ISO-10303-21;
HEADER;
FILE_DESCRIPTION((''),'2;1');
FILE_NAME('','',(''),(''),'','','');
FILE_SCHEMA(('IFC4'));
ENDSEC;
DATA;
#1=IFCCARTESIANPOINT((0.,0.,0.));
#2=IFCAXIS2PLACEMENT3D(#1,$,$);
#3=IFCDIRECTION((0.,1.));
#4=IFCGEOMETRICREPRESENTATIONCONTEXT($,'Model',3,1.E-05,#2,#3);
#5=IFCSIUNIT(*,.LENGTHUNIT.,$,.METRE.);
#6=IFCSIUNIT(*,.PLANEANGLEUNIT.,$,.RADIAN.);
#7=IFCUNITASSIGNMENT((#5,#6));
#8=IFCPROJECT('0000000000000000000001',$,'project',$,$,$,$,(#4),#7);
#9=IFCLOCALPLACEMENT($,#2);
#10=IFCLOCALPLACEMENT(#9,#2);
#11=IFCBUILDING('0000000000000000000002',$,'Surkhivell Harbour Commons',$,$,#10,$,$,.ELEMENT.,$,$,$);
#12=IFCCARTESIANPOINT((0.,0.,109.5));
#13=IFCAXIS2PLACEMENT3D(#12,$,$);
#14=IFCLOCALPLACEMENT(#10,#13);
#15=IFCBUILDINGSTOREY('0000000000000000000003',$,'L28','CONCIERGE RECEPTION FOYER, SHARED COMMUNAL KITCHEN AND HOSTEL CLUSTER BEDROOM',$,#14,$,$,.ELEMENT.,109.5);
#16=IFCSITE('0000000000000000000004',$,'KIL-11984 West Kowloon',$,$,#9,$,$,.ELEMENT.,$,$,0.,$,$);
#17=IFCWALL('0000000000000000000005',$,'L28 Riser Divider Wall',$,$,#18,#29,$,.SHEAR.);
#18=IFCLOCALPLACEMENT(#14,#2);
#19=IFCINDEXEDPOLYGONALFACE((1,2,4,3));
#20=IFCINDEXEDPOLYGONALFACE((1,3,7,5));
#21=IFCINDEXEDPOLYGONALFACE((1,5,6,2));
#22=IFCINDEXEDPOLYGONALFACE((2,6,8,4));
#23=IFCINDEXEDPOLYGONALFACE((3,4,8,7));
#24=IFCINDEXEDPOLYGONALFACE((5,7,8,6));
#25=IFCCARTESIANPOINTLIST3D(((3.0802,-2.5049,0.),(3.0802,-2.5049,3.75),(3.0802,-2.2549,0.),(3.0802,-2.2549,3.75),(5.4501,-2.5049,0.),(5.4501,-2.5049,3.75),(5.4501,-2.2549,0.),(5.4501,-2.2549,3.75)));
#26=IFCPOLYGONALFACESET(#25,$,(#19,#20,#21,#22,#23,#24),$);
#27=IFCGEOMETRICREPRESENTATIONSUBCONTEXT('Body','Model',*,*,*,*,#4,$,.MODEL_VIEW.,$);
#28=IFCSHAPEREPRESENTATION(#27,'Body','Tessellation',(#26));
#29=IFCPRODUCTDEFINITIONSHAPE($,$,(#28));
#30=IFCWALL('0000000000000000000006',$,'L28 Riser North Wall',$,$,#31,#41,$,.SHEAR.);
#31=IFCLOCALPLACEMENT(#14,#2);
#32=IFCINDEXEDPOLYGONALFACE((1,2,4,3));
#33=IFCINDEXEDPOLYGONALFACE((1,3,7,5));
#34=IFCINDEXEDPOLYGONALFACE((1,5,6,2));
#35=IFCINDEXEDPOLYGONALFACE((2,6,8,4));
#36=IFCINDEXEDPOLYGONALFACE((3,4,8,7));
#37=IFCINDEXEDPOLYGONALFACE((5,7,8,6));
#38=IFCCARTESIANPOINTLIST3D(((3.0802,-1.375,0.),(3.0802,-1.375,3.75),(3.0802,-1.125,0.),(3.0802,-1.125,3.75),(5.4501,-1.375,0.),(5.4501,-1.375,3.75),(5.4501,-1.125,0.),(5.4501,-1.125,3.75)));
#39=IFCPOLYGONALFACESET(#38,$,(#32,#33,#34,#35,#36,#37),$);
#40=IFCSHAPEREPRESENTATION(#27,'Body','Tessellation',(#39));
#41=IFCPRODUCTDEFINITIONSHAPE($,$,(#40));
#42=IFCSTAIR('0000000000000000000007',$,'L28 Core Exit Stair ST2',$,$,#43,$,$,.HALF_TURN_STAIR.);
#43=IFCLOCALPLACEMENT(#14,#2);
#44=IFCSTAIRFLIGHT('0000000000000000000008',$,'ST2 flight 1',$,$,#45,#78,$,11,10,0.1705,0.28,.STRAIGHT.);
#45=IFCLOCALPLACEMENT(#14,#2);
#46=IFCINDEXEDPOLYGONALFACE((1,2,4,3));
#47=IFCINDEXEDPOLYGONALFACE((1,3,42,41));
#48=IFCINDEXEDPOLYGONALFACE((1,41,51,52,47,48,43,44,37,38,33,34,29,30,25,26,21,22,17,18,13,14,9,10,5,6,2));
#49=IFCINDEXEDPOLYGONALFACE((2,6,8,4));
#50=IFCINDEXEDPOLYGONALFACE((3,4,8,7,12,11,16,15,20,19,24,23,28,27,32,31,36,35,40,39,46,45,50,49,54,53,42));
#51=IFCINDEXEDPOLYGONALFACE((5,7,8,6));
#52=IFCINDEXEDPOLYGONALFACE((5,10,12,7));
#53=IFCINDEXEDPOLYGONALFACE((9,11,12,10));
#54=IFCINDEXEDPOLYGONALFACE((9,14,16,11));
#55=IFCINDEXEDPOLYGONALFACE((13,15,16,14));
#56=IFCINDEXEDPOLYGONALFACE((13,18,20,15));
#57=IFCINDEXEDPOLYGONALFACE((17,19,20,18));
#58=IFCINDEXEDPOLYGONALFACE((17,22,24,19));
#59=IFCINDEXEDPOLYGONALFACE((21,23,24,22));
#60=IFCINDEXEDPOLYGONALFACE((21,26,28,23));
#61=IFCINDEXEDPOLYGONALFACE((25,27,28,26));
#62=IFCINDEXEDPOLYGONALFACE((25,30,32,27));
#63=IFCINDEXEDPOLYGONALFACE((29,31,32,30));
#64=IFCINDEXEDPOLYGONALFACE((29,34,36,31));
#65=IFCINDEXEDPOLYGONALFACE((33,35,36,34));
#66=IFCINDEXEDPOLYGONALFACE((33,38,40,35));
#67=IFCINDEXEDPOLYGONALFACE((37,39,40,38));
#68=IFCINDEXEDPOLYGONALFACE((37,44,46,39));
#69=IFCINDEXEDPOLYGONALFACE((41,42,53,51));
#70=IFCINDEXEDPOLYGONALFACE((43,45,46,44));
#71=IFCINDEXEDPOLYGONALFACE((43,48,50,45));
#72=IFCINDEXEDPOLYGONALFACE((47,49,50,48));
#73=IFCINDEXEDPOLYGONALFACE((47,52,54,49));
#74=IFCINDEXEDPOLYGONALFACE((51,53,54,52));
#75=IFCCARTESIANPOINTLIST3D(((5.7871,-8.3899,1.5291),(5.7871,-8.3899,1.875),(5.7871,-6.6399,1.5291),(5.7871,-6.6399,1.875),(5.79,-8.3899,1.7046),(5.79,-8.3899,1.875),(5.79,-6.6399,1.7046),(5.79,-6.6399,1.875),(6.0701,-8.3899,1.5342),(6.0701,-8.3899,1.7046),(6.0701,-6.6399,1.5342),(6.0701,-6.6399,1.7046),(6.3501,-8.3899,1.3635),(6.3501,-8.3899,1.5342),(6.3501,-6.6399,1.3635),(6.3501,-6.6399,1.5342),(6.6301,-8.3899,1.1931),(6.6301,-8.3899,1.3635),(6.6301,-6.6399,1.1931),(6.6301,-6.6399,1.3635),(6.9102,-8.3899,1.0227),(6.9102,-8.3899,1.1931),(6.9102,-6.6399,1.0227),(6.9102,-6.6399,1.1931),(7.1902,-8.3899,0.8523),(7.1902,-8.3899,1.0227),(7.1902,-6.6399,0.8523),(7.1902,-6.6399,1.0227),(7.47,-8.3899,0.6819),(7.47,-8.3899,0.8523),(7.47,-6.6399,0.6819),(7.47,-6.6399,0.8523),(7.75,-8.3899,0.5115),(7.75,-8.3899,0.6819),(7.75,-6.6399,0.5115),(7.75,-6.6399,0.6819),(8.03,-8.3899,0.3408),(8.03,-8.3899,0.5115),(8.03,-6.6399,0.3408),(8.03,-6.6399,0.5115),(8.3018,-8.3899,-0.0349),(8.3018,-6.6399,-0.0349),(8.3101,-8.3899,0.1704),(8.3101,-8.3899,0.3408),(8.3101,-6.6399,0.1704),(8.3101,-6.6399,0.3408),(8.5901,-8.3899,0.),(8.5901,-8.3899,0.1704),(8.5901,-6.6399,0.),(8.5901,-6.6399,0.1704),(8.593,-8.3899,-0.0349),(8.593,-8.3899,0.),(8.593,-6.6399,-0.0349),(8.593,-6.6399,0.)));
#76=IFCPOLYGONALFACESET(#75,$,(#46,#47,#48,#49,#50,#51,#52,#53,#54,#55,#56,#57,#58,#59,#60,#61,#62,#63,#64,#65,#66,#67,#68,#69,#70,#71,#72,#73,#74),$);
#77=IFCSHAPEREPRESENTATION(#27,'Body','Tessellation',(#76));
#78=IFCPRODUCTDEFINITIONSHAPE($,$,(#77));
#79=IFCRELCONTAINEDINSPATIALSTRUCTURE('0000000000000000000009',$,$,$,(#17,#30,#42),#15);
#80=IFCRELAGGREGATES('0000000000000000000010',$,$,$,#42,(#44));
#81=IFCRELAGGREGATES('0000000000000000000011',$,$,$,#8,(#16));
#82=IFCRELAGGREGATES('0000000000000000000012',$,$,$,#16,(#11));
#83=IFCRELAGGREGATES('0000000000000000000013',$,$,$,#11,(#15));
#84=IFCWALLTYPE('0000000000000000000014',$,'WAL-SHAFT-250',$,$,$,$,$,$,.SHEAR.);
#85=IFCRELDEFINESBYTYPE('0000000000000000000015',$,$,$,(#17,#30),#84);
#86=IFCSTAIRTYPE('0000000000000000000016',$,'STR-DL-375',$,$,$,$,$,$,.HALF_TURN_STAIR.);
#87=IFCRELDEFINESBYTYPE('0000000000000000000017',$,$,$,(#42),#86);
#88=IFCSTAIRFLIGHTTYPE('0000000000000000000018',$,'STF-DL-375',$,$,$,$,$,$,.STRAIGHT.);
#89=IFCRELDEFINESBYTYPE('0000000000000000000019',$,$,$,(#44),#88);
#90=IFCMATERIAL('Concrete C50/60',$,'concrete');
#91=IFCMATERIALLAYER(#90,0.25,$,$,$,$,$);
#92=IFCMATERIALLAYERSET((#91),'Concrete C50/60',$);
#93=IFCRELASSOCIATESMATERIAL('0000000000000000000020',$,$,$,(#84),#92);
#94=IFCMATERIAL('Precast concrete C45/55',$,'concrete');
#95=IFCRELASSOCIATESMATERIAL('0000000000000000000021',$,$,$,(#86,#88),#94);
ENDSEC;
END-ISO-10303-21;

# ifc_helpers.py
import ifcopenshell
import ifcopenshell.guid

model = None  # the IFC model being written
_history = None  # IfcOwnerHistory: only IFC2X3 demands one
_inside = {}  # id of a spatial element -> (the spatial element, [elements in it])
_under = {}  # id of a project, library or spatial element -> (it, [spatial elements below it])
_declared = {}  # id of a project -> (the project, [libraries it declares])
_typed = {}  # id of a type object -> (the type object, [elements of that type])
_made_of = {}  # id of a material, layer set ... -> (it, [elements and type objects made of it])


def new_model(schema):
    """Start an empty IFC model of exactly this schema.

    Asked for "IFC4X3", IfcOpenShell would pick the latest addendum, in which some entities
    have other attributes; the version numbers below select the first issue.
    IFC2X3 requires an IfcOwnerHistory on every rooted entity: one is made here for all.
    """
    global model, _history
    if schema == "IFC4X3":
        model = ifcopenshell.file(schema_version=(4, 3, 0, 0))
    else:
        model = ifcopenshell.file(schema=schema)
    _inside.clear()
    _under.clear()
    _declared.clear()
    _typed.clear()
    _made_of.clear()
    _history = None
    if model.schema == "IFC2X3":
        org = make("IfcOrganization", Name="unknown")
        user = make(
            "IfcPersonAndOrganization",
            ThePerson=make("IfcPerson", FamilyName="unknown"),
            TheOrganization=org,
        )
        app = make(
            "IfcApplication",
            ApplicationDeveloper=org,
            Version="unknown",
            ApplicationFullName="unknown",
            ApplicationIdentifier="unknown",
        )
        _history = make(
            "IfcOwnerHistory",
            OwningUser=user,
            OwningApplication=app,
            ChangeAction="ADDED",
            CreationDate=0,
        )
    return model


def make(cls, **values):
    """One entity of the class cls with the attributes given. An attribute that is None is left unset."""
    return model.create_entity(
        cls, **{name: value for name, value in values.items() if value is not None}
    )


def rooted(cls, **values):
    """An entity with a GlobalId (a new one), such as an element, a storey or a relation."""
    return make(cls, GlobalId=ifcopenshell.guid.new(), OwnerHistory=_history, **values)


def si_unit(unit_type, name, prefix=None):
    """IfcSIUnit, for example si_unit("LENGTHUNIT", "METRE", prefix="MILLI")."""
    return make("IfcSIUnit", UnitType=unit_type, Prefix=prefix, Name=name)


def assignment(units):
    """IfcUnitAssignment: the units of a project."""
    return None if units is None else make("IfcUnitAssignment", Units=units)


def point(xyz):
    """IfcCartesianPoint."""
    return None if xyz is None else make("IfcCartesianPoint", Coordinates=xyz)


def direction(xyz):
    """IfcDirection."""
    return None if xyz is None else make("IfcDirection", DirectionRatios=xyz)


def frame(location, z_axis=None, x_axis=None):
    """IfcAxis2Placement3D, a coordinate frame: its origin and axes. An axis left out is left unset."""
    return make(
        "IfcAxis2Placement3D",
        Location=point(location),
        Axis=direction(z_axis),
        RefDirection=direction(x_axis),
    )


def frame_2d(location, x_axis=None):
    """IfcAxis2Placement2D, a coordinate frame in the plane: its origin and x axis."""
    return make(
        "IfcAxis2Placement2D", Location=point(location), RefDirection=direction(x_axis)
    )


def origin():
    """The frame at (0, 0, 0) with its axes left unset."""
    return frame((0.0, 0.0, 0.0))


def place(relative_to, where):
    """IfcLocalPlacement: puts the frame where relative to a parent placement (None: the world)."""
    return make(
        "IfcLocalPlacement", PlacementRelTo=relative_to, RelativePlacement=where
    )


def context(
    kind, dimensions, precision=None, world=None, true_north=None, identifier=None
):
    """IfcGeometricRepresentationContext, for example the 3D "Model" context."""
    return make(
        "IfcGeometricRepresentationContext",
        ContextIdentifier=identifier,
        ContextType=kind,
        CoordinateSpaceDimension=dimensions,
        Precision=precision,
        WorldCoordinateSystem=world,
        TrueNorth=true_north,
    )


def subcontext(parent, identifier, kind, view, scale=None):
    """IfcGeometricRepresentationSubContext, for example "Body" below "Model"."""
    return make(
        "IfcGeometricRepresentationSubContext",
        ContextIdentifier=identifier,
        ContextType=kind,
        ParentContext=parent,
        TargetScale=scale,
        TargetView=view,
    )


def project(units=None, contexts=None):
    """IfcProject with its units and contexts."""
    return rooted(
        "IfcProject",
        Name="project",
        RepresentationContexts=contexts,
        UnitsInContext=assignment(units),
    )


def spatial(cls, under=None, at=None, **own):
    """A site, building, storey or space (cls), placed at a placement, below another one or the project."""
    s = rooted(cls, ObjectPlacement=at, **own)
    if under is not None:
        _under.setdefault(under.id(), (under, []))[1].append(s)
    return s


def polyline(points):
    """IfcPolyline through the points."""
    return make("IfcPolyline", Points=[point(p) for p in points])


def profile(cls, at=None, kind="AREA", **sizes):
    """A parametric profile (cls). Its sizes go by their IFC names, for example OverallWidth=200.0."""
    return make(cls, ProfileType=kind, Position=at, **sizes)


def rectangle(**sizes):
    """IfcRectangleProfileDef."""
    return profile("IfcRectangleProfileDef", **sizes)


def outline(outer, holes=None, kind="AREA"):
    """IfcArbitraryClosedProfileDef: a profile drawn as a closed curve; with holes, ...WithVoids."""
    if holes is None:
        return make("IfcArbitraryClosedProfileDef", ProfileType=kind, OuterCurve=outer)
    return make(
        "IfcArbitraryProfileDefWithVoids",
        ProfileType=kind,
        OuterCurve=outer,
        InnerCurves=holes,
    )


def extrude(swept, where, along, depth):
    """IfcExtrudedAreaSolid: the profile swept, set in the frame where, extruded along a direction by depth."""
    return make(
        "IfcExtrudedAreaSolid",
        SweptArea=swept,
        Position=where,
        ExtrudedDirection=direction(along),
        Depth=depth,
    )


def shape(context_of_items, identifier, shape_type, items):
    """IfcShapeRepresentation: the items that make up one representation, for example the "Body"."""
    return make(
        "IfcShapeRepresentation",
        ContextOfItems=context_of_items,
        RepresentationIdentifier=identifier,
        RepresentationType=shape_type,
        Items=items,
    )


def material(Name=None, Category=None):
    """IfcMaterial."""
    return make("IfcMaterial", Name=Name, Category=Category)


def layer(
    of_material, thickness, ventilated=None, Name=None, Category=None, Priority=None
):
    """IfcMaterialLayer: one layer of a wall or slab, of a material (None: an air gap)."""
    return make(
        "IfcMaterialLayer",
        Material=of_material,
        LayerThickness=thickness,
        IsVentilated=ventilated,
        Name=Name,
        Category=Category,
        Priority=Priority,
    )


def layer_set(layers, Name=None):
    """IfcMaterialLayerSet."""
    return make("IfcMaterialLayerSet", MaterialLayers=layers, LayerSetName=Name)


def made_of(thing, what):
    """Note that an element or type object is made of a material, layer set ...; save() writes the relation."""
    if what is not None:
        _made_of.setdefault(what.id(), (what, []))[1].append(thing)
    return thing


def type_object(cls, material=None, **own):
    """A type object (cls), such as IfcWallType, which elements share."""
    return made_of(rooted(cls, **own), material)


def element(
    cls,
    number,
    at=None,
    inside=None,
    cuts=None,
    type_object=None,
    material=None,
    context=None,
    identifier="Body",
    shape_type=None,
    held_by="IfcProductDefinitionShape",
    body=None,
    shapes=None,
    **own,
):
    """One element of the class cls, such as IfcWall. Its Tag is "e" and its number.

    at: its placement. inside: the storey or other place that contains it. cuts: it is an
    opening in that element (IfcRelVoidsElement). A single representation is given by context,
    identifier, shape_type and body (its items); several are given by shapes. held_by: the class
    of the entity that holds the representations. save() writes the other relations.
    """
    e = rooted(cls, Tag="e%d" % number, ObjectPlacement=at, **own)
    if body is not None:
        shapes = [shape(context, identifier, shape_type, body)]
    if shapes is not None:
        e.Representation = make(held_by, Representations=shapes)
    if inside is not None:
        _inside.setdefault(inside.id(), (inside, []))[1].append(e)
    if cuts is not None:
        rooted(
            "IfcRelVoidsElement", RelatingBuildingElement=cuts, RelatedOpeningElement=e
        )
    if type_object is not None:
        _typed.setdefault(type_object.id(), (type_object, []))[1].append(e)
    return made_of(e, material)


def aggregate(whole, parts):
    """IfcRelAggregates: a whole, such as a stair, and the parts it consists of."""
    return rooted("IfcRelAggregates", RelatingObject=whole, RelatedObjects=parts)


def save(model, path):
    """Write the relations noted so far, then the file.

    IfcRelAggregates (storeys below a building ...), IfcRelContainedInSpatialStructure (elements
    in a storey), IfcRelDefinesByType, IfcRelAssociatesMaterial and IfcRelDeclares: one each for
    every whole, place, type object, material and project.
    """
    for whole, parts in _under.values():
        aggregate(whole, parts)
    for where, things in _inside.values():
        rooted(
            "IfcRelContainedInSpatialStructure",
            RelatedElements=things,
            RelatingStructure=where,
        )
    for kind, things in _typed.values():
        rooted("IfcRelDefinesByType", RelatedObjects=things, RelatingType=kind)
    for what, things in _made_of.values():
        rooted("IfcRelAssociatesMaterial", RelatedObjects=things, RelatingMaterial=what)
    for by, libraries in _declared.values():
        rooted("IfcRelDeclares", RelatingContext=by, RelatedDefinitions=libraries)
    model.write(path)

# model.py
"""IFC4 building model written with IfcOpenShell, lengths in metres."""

from ifc_helpers import new_model, si_unit, direction, frame, frame_2d, origin, place, context, subcontext, project, spatial, polyline, rectangle, outline, extrude, material, layer, layer_set, type_object, element, aggregate, save


model = new_model("IFC4")

# Units and contexts
model_context = context("Model", 3, precision=1e-05, world=origin(), true_north=direction((0.0, 1.0)))
body_context = subcontext(model_context, "Body", "Model", "MODEL_VIEW")
ifc_project = project(units=[si_unit("LENGTHUNIT", "METRE"), si_unit("PLANEANGLEUNIT", "RADIAN")], contexts=[model_context])

# Site, building, storey
site_placement = place(None, origin())
site = spatial("IfcSite", under=ifc_project, at=site_placement, Name="KIL-11984 West Kowloon", CompositionType="ELEMENT", RefElevation=0.0)
building_placement = place(site_placement, origin())
building = spatial("IfcBuilding", under=site, at=building_placement, Name="Surkhivell Harbour Commons", CompositionType="ELEMENT")
storey_placement = place(building_placement, frame((0.0, 0.0, 109.5)))
storey = spatial("IfcBuildingStorey", under=building, at=storey_placement, Name="L28", Description="CONCIERGE RECEPTION FOYER, SHARED COMMUNAL KITCHEN AND HOSTEL CLUSTER BEDROOM", CompositionType="ELEMENT", Elevation=109.5)

# Shared definitions
ifc_material_1 = material(Name="Concrete C50/60", Category="concrete")
ifc_layer_1 = layer(ifc_material_1, 0.25)
ifc_layer_set_1 = layer_set([ifc_layer_1], Name="Concrete C50/60")
wall_type_1 = type_object("IfcWallType", Name="WAL-SHAFT-250", PredefinedType="SHEAR", material=ifc_layer_set_1)

# Walls
for number, where, z_axis, x_axis, name in (
    (1, (3.0801, -2.3799, 0.0), (0.0, 0.0, 1.0), (1.0, 0.0, 0.0), "L28 Riser Divider Wall"),
    (2, (3.0801, -1.25, 0.0), (0.0, 0.0, 1.0), (1.0, 0.0, 0.0), "L28 Riser North Wall"),
):
    element("IfcWall", number, at=place(storey_placement, frame(where, z_axis=z_axis, x_axis=x_axis)), inside=storey, type_object=wall_type_1, Name=name, PredefinedType="SHEAR", context=body_context, shape_type="SweptSolid", body=[
        extrude(rectangle(XDim=2.3699, YDim=0.25, at=frame_2d((1.1851, 0.0))), origin(), (0.0, 0.0, 1.0), 3.75),
    ])

# Stair, stair flight
ifc_material_2 = material(Name="Precast concrete C45/55", Category="concrete")
stair_type = type_object("IfcStairType", Name="STR-DL-375", PredefinedType="HALF_TURN_STAIR", material=ifc_material_2)
stair_placement = place(storey_placement, origin())
stair = element("IfcStair", 3, at=stair_placement, inside=storey, type_object=stair_type, Name="L28 Core Exit Stair ST2", PredefinedType="HALF_TURN_STAIR")
stair_flight_type = type_object("IfcStairFlightType", Name="STF-DL-375", PredefinedType="STRAIGHT", material=ifc_material_2)
stair_flight_placement = place(storey_placement, frame((8.5901, -7.5149, 0.0), z_axis=(0.0, 0.0, 1.0), x_axis=(-1.0, 0.0, 0.0)))
stair_flight = element("IfcStairFlight", 4, at=stair_flight_placement, type_object=stair_flight_type, Name="ST2 flight 1", NumberOfRisers=11, NumberOfTreads=10, PredefinedType="STRAIGHT", RiserHeight=0.1705, TreadLength=0.28, context=body_context, shape_type="SweptSolid", body=[
    extrude(outline(polyline([(-0.0029, -0.0349), (-0.0029, 0.0), (0.0, 0.0), (0.0, 0.1704), (0.28, 0.1704), (0.28, 0.3408), (0.5601, 0.3408), (0.5601, 0.5115), (0.8401, 0.5115), (0.8401, 0.6819), (1.1201, 0.6819), (1.1201, 0.8523), (1.3999, 0.8523), (1.3999, 1.0227), (1.6799, 1.0227), (1.6799, 1.1931), (1.96, 1.1931), (1.96, 1.3635), (2.24, 1.3635), (2.24, 1.5342), (2.52, 1.5342), (2.52, 1.7046), (2.8, 1.7046), (2.8, 1.875), (2.803, 1.875), (2.803, 1.5291), (0.2883, -0.0349), (-0.0029, -0.0349)])), frame((0.0, 0.875, 0.0), z_axis=(0.0, -1.0, 0.0), x_axis=(1.0, 0.0, 0.0)), (0.0, 0.0, 1.0), 1.75),
])
aggregate(stair, [stair_flight])

save(model, "model.ifc")
